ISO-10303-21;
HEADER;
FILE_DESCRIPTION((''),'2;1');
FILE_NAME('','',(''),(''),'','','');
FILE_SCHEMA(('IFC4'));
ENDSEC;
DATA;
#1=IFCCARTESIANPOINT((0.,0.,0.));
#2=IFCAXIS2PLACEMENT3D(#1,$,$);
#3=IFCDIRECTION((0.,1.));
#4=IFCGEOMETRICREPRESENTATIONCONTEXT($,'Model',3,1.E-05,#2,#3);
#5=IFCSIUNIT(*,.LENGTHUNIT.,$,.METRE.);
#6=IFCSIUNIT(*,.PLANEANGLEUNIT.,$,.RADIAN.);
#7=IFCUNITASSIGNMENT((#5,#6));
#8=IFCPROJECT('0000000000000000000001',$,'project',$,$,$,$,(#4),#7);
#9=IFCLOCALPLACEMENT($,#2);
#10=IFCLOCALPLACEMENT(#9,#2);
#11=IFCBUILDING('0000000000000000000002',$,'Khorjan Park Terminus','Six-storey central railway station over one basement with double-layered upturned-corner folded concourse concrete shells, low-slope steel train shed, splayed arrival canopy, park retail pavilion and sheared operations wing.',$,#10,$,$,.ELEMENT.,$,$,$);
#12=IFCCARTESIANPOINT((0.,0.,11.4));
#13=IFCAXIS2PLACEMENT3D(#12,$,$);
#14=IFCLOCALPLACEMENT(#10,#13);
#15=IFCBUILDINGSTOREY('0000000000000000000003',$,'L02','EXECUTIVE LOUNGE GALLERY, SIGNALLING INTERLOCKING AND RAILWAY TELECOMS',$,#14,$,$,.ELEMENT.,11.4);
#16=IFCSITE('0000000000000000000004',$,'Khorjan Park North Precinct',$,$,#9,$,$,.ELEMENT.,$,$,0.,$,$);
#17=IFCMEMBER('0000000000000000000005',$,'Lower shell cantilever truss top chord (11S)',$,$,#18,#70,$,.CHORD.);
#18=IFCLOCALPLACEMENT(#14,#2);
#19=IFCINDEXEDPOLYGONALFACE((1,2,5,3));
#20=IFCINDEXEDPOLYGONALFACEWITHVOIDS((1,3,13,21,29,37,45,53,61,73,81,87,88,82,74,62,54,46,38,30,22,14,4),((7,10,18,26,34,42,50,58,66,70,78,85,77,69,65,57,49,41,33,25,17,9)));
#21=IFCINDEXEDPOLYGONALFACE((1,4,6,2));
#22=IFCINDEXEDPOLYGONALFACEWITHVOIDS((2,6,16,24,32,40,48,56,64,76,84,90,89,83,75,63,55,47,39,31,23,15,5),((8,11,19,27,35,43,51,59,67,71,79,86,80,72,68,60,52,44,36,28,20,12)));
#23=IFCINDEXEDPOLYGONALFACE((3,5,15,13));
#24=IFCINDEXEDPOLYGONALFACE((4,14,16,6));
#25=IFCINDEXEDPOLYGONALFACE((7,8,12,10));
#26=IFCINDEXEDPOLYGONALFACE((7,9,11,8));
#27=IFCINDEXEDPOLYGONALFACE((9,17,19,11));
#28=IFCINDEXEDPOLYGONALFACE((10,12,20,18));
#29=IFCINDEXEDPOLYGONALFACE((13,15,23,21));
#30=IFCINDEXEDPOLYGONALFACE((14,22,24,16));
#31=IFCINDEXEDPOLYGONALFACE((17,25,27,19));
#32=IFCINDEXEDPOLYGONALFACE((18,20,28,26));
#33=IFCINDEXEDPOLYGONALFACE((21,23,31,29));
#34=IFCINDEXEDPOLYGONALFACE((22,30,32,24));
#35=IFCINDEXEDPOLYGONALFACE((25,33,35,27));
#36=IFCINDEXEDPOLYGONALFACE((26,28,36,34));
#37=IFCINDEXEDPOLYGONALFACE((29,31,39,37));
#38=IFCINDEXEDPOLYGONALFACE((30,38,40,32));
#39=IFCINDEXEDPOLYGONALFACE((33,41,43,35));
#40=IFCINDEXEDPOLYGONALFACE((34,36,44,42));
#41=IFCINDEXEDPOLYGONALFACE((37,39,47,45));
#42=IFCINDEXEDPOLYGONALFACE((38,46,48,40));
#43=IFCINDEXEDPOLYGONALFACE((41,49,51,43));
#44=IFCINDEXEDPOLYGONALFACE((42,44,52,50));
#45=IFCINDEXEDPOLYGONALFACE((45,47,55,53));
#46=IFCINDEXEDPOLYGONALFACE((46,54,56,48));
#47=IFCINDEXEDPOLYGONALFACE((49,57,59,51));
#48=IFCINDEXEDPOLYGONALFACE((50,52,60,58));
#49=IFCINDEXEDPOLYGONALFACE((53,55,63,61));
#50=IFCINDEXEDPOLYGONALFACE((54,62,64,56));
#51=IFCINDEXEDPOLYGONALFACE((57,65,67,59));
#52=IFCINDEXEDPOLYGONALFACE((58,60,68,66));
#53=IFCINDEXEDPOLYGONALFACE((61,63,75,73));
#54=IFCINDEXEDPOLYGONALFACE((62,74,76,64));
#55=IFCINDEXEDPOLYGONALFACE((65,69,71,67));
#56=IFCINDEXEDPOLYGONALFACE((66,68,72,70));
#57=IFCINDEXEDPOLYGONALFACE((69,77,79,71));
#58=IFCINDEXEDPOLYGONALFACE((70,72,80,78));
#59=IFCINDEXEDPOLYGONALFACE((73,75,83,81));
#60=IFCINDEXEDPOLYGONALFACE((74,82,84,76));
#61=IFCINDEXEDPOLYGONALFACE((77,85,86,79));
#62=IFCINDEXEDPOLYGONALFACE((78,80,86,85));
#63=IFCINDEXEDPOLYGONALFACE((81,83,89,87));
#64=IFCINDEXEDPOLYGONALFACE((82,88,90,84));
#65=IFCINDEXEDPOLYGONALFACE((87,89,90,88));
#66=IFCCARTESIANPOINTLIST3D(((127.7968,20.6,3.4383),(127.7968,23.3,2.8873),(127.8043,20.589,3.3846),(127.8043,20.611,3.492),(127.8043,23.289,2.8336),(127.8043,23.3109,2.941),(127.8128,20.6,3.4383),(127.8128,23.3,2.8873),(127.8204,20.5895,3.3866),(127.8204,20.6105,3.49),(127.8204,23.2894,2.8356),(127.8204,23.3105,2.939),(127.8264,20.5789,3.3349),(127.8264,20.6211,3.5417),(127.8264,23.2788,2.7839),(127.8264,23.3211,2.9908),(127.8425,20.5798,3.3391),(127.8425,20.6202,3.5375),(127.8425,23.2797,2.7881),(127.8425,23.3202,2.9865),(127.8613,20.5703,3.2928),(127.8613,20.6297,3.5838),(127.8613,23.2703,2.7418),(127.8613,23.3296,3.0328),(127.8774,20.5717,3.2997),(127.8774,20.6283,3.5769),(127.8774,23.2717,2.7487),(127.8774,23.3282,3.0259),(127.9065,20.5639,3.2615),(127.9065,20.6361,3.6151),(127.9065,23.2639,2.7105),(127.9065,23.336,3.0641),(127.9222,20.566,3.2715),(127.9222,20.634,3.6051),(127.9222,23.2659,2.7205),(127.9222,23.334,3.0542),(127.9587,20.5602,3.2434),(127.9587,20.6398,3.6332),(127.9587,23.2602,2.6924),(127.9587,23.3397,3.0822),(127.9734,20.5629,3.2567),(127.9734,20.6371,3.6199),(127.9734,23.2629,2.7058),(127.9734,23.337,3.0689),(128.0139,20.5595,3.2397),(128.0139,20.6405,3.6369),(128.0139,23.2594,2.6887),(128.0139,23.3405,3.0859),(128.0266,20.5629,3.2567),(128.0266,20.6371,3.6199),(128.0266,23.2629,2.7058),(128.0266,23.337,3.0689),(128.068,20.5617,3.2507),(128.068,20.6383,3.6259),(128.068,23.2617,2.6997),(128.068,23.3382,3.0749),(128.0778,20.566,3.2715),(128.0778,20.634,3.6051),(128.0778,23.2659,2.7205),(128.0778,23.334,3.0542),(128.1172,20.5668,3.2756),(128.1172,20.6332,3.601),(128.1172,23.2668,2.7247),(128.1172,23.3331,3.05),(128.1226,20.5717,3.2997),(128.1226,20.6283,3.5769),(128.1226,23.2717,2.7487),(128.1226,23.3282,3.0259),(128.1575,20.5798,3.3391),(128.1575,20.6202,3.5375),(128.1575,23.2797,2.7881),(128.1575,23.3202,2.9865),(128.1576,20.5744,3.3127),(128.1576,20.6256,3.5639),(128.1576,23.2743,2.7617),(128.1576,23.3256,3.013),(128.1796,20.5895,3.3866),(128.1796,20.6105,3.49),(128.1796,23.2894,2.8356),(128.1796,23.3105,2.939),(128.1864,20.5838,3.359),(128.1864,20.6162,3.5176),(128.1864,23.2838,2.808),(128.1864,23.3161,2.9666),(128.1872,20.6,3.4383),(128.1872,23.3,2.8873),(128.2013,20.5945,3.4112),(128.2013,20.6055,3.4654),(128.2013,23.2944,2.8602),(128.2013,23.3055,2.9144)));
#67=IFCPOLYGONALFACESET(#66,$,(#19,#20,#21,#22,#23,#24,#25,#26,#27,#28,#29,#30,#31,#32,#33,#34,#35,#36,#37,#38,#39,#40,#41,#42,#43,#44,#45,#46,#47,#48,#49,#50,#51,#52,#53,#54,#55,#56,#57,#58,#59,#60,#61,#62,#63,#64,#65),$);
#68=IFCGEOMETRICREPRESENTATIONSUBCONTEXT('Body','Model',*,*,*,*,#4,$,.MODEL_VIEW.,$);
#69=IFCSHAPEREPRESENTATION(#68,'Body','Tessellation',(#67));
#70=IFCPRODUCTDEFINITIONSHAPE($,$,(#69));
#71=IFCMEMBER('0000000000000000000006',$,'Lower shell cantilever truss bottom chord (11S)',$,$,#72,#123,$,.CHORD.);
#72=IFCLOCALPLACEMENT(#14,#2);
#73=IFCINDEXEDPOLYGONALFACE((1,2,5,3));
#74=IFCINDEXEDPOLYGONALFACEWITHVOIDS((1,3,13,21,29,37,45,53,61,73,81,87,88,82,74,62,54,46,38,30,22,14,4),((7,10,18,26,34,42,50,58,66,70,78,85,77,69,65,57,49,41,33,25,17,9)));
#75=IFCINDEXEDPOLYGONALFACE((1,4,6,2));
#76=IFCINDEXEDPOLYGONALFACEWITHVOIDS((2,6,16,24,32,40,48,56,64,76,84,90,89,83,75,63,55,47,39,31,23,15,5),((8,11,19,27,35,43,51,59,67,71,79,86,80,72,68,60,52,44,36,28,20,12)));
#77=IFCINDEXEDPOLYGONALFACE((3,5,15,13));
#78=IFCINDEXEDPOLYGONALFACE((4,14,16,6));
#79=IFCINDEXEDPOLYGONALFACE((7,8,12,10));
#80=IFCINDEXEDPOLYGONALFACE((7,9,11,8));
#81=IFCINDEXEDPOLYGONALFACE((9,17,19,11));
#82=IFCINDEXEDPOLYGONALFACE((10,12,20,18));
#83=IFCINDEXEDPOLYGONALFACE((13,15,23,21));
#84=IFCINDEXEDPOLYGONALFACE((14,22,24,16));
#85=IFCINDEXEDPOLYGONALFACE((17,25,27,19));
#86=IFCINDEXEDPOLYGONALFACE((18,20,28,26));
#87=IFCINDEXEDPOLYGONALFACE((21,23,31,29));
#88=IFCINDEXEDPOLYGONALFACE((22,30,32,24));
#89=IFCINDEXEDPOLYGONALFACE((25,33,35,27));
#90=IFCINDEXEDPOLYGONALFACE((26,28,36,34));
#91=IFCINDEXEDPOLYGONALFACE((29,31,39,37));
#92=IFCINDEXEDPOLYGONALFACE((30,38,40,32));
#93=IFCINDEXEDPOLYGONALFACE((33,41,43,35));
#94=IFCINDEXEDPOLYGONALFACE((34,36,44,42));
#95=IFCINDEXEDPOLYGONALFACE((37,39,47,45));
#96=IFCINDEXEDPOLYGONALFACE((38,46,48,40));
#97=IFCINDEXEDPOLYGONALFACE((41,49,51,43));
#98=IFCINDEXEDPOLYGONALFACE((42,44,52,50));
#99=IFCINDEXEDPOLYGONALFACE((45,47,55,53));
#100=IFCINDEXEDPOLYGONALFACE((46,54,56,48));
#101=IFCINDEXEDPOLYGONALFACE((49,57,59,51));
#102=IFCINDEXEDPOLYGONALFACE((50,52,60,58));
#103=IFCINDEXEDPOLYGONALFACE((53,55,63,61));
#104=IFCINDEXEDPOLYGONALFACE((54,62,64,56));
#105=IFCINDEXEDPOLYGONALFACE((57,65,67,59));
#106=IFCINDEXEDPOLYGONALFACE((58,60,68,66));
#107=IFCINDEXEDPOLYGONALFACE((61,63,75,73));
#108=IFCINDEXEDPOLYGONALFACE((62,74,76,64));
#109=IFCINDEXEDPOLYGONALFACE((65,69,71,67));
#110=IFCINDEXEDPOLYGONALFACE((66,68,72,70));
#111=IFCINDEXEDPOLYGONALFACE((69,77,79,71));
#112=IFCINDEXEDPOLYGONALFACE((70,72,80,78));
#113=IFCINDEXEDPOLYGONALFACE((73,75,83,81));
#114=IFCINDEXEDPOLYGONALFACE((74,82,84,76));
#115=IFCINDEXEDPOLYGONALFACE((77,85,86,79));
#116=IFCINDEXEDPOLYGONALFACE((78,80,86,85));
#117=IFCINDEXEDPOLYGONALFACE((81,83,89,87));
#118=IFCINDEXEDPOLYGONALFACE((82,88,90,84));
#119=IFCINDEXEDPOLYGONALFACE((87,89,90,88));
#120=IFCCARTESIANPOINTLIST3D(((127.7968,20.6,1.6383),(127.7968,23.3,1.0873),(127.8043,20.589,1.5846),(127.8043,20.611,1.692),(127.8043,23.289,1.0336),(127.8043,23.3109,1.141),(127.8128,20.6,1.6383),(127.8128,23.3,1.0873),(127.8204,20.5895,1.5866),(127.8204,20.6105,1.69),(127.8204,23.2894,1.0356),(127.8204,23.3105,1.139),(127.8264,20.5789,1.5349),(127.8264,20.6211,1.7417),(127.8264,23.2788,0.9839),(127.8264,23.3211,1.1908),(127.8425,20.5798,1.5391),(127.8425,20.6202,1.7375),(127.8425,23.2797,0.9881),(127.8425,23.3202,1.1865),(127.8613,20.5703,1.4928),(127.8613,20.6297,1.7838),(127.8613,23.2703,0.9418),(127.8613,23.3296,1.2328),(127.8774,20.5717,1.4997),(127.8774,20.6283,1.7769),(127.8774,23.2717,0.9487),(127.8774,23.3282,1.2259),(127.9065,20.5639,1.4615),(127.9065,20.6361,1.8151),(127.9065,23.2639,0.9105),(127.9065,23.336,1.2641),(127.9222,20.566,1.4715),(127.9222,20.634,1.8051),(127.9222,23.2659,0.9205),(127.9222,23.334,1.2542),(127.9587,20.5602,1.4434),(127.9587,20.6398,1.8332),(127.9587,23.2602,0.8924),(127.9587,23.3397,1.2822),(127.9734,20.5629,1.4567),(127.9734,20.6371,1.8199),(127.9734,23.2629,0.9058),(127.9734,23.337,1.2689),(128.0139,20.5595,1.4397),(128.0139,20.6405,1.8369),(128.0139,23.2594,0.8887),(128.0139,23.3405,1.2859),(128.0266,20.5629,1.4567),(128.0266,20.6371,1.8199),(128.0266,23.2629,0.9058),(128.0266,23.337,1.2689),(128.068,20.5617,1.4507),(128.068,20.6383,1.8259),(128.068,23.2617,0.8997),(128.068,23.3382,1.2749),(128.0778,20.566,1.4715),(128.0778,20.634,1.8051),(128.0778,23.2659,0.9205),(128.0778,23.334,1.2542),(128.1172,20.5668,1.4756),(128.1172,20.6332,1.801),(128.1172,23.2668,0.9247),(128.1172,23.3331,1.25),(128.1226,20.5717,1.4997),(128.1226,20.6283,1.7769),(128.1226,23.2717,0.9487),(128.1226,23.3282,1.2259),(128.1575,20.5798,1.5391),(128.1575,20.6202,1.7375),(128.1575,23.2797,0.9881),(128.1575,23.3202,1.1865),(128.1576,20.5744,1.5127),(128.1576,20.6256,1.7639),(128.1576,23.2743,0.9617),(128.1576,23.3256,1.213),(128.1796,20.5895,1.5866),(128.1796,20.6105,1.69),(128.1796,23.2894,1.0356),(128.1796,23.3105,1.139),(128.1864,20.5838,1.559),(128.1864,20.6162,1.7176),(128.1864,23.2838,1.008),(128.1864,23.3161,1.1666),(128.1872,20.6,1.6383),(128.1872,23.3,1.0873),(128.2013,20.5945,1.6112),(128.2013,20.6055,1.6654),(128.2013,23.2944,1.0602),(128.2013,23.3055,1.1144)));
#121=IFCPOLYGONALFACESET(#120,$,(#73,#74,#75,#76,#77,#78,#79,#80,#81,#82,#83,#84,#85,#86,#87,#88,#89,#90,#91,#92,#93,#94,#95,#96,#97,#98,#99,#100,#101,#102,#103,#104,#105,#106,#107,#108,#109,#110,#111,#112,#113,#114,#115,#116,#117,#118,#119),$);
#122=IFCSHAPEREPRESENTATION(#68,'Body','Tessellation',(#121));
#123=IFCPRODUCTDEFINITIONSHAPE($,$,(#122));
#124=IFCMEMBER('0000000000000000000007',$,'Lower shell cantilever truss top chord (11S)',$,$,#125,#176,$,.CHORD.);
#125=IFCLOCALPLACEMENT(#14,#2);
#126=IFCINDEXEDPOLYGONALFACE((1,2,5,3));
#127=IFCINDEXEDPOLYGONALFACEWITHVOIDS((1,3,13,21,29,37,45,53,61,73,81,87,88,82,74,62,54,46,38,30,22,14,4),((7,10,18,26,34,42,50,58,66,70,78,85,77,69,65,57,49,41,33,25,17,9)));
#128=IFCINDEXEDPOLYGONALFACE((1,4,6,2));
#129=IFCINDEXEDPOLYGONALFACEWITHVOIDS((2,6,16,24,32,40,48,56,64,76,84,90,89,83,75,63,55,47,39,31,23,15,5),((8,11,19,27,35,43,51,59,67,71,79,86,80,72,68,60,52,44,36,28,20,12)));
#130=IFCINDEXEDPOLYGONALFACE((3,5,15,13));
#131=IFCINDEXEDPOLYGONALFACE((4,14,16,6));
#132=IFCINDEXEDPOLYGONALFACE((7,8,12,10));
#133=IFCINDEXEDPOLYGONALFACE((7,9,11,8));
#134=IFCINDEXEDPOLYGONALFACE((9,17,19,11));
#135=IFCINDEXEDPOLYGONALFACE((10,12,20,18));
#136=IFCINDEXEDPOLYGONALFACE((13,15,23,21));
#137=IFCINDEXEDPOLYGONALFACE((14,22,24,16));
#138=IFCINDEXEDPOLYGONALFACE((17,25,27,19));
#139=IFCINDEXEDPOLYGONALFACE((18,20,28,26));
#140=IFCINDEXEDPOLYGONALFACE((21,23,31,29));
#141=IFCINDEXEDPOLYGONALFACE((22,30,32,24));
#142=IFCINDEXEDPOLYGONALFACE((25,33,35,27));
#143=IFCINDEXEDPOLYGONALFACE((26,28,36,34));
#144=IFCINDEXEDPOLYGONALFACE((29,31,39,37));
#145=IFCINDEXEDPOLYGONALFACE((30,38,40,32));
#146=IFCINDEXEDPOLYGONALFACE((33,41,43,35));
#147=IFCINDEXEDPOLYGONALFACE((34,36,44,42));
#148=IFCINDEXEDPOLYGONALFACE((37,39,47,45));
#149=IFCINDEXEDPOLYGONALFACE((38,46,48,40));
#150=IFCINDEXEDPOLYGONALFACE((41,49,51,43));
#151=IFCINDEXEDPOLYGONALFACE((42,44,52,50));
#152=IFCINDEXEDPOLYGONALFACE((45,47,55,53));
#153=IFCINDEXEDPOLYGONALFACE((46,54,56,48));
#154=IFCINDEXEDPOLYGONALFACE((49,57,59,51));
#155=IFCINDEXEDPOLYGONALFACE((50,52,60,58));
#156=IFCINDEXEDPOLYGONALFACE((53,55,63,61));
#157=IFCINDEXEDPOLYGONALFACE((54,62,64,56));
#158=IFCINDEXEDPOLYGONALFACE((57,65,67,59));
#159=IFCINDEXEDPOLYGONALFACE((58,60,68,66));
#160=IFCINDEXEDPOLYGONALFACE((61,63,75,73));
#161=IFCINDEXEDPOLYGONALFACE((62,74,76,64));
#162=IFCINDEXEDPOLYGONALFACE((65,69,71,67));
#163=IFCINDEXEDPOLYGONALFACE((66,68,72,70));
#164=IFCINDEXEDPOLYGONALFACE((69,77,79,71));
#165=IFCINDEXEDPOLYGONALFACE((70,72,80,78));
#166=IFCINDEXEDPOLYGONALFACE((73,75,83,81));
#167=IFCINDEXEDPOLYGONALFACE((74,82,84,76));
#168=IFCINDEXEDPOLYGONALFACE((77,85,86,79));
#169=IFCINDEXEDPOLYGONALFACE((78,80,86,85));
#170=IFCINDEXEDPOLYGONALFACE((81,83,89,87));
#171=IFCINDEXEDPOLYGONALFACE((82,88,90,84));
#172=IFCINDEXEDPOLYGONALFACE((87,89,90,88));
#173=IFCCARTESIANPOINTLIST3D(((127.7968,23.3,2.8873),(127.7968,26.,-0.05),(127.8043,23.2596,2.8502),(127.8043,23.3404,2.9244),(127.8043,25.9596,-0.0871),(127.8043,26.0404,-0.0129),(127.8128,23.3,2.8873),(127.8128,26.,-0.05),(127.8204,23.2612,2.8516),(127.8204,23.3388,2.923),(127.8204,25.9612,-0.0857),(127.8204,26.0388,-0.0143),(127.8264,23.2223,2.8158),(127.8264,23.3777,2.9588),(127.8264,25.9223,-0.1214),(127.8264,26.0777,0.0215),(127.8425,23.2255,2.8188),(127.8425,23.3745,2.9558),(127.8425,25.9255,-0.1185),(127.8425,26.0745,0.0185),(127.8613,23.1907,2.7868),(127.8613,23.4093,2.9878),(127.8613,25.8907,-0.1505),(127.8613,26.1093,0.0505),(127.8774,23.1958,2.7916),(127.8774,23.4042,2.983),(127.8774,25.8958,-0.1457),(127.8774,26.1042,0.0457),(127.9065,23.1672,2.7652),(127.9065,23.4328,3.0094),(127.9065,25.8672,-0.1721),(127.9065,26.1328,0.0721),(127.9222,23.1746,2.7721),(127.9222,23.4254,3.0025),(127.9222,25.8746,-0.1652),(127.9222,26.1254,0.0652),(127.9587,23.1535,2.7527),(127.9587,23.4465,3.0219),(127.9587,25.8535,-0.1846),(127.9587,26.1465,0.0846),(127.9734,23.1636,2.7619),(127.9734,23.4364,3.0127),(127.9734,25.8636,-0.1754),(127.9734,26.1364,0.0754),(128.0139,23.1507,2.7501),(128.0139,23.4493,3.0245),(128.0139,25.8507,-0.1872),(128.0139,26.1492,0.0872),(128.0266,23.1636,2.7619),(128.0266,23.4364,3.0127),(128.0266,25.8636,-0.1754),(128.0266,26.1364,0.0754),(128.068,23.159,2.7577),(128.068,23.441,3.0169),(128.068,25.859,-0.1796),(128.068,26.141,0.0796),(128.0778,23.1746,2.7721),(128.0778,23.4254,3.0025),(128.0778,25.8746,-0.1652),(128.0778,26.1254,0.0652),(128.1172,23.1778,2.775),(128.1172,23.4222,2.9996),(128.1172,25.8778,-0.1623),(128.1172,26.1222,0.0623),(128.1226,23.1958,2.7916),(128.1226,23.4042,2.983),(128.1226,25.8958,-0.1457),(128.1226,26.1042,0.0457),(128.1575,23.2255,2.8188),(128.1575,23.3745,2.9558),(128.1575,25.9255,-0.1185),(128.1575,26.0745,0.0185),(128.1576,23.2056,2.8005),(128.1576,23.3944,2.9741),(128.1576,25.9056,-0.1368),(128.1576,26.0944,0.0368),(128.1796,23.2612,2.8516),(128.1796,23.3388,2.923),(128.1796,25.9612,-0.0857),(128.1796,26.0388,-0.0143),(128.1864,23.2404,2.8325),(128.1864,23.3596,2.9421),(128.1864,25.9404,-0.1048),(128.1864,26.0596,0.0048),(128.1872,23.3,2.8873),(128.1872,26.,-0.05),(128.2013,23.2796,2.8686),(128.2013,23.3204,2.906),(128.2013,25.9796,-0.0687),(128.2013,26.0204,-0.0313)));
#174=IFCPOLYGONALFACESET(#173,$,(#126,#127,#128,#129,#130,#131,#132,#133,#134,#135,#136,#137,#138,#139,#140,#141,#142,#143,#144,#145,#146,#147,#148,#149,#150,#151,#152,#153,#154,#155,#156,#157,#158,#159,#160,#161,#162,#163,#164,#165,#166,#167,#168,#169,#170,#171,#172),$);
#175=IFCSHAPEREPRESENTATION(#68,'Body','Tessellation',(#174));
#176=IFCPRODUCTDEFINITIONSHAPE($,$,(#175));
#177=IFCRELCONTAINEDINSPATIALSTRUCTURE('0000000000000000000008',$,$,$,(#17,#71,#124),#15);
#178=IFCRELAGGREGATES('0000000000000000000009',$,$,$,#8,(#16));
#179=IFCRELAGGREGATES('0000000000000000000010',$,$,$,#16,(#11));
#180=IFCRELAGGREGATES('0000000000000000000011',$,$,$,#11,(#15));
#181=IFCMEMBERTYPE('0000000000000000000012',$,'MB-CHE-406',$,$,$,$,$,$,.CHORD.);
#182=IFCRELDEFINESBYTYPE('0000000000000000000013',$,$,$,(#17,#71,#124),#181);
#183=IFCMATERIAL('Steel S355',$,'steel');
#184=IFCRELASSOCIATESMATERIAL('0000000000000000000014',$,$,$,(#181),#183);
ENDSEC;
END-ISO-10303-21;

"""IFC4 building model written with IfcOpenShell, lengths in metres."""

from ifc_helpers import new_model, si_unit, direction, frame, origin, origin_2d, place, context, subcontext, project, spatial, hollow_circle, extrude, material, material_profile, profile_set, type_object, element, save


model = new_model("IFC4")

# Units and contexts
model_context = context("Model", 3, precision=1e-05, world=origin(), true_north=direction((0.0, 1.0)))
body_context = subcontext(model_context, "Body", "Model", "MODEL_VIEW")
ifc_project = project(units=[si_unit("LENGTHUNIT", "METRE"), si_unit("PLANEANGLEUNIT", "RADIAN")], contexts=[model_context])

# Site, building, storey
site_placement = place(None, origin())
site = spatial("IfcSite", under=ifc_project, at=site_placement, Name="Khorjan Park North Precinct", CompositionType="ELEMENT", RefElevation=0.0)
building_placement = place(site_placement, origin())
building = spatial("IfcBuilding", under=site, at=building_placement, Name="Khorjan Park Terminus", Description="Six-storey central railway station over one basement with double-layered upturned-corner folded concourse concrete shells, low-slope steel train shed, splayed arrival canopy, park retail pavilion and sheared operations wing.", CompositionType="ELEMENT")
storey_placement = place(building_placement, frame((0.0, 0.0, 11.4)))
storey = spatial("IfcBuildingStorey", under=building, at=storey_placement, Name="L02", Description="EXECUTIVE LOUNGE GALLERY, SIGNALLING INTERLOCKING AND RAILWAY TELECOMS", CompositionType="ELEMENT", Elevation=11.4)

# Members
ifc_material_1 = material(Name="Steel S355", Category="steel")
ifc_material_profile_1 = material_profile(ifc_material_1, hollow_circle(Radius=0.2032, WallThickness=0.016, at=origin_2d()), Name="CHS 406.4x16")
ifc_profile_set_1 = profile_set([ifc_material_profile_1], Name="Steel S355")
member_type_1 = type_object("IfcMemberType", Name="MB-CHE-406", PredefinedType="CHORD", material=ifc_profile_set_1)
for number, where, z_axis, x_axis, name in (
    (1, (128.0, 20.6, 3.4383), (0.0, 0.979806, -0.199953), (-1.0, 0.0, 0.0), "Lower shell cantilever truss top chord (11S)"),
    (2, (128.0, 20.6, 1.6383), (0.0, 0.979806, -0.199953), (-1.0, 0.0, 0.0), "Lower shell cantilever truss bottom chord (11S)"),
):
    element("IfcMember", number, at=place(storey_placement, frame(where, z_axis=z_axis, x_axis=x_axis)), inside=storey, type_object=member_type_1, Name=name, PredefinedType="CHORD", context=body_context, shape_type="SweptSolid", body=[
        extrude(hollow_circle(Radius=0.2032, WallThickness=0.016, at=origin_2d()), origin(), (0.0, 0.0, 1.0), 2.7556),
    ])
member_1_placement = place(storey_placement, frame((128.0, 23.3, 2.8873), z_axis=(0.0, 0.676742, -0.73622), x_axis=(-1.0, 0.0, 0.0)))
element("IfcMember", 3, at=member_1_placement, inside=storey, type_object=member_type_1, Name="Lower shell cantilever truss top chord (11S)", PredefinedType="CHORD", context=body_context, shape_type="SweptSolid", body=[
    extrude(hollow_circle(Radius=0.2032, WallThickness=0.016, at=origin_2d()), origin(), (0.0, 0.0, 1.0), 3.9897),
])

save(model, "model.ifc")
